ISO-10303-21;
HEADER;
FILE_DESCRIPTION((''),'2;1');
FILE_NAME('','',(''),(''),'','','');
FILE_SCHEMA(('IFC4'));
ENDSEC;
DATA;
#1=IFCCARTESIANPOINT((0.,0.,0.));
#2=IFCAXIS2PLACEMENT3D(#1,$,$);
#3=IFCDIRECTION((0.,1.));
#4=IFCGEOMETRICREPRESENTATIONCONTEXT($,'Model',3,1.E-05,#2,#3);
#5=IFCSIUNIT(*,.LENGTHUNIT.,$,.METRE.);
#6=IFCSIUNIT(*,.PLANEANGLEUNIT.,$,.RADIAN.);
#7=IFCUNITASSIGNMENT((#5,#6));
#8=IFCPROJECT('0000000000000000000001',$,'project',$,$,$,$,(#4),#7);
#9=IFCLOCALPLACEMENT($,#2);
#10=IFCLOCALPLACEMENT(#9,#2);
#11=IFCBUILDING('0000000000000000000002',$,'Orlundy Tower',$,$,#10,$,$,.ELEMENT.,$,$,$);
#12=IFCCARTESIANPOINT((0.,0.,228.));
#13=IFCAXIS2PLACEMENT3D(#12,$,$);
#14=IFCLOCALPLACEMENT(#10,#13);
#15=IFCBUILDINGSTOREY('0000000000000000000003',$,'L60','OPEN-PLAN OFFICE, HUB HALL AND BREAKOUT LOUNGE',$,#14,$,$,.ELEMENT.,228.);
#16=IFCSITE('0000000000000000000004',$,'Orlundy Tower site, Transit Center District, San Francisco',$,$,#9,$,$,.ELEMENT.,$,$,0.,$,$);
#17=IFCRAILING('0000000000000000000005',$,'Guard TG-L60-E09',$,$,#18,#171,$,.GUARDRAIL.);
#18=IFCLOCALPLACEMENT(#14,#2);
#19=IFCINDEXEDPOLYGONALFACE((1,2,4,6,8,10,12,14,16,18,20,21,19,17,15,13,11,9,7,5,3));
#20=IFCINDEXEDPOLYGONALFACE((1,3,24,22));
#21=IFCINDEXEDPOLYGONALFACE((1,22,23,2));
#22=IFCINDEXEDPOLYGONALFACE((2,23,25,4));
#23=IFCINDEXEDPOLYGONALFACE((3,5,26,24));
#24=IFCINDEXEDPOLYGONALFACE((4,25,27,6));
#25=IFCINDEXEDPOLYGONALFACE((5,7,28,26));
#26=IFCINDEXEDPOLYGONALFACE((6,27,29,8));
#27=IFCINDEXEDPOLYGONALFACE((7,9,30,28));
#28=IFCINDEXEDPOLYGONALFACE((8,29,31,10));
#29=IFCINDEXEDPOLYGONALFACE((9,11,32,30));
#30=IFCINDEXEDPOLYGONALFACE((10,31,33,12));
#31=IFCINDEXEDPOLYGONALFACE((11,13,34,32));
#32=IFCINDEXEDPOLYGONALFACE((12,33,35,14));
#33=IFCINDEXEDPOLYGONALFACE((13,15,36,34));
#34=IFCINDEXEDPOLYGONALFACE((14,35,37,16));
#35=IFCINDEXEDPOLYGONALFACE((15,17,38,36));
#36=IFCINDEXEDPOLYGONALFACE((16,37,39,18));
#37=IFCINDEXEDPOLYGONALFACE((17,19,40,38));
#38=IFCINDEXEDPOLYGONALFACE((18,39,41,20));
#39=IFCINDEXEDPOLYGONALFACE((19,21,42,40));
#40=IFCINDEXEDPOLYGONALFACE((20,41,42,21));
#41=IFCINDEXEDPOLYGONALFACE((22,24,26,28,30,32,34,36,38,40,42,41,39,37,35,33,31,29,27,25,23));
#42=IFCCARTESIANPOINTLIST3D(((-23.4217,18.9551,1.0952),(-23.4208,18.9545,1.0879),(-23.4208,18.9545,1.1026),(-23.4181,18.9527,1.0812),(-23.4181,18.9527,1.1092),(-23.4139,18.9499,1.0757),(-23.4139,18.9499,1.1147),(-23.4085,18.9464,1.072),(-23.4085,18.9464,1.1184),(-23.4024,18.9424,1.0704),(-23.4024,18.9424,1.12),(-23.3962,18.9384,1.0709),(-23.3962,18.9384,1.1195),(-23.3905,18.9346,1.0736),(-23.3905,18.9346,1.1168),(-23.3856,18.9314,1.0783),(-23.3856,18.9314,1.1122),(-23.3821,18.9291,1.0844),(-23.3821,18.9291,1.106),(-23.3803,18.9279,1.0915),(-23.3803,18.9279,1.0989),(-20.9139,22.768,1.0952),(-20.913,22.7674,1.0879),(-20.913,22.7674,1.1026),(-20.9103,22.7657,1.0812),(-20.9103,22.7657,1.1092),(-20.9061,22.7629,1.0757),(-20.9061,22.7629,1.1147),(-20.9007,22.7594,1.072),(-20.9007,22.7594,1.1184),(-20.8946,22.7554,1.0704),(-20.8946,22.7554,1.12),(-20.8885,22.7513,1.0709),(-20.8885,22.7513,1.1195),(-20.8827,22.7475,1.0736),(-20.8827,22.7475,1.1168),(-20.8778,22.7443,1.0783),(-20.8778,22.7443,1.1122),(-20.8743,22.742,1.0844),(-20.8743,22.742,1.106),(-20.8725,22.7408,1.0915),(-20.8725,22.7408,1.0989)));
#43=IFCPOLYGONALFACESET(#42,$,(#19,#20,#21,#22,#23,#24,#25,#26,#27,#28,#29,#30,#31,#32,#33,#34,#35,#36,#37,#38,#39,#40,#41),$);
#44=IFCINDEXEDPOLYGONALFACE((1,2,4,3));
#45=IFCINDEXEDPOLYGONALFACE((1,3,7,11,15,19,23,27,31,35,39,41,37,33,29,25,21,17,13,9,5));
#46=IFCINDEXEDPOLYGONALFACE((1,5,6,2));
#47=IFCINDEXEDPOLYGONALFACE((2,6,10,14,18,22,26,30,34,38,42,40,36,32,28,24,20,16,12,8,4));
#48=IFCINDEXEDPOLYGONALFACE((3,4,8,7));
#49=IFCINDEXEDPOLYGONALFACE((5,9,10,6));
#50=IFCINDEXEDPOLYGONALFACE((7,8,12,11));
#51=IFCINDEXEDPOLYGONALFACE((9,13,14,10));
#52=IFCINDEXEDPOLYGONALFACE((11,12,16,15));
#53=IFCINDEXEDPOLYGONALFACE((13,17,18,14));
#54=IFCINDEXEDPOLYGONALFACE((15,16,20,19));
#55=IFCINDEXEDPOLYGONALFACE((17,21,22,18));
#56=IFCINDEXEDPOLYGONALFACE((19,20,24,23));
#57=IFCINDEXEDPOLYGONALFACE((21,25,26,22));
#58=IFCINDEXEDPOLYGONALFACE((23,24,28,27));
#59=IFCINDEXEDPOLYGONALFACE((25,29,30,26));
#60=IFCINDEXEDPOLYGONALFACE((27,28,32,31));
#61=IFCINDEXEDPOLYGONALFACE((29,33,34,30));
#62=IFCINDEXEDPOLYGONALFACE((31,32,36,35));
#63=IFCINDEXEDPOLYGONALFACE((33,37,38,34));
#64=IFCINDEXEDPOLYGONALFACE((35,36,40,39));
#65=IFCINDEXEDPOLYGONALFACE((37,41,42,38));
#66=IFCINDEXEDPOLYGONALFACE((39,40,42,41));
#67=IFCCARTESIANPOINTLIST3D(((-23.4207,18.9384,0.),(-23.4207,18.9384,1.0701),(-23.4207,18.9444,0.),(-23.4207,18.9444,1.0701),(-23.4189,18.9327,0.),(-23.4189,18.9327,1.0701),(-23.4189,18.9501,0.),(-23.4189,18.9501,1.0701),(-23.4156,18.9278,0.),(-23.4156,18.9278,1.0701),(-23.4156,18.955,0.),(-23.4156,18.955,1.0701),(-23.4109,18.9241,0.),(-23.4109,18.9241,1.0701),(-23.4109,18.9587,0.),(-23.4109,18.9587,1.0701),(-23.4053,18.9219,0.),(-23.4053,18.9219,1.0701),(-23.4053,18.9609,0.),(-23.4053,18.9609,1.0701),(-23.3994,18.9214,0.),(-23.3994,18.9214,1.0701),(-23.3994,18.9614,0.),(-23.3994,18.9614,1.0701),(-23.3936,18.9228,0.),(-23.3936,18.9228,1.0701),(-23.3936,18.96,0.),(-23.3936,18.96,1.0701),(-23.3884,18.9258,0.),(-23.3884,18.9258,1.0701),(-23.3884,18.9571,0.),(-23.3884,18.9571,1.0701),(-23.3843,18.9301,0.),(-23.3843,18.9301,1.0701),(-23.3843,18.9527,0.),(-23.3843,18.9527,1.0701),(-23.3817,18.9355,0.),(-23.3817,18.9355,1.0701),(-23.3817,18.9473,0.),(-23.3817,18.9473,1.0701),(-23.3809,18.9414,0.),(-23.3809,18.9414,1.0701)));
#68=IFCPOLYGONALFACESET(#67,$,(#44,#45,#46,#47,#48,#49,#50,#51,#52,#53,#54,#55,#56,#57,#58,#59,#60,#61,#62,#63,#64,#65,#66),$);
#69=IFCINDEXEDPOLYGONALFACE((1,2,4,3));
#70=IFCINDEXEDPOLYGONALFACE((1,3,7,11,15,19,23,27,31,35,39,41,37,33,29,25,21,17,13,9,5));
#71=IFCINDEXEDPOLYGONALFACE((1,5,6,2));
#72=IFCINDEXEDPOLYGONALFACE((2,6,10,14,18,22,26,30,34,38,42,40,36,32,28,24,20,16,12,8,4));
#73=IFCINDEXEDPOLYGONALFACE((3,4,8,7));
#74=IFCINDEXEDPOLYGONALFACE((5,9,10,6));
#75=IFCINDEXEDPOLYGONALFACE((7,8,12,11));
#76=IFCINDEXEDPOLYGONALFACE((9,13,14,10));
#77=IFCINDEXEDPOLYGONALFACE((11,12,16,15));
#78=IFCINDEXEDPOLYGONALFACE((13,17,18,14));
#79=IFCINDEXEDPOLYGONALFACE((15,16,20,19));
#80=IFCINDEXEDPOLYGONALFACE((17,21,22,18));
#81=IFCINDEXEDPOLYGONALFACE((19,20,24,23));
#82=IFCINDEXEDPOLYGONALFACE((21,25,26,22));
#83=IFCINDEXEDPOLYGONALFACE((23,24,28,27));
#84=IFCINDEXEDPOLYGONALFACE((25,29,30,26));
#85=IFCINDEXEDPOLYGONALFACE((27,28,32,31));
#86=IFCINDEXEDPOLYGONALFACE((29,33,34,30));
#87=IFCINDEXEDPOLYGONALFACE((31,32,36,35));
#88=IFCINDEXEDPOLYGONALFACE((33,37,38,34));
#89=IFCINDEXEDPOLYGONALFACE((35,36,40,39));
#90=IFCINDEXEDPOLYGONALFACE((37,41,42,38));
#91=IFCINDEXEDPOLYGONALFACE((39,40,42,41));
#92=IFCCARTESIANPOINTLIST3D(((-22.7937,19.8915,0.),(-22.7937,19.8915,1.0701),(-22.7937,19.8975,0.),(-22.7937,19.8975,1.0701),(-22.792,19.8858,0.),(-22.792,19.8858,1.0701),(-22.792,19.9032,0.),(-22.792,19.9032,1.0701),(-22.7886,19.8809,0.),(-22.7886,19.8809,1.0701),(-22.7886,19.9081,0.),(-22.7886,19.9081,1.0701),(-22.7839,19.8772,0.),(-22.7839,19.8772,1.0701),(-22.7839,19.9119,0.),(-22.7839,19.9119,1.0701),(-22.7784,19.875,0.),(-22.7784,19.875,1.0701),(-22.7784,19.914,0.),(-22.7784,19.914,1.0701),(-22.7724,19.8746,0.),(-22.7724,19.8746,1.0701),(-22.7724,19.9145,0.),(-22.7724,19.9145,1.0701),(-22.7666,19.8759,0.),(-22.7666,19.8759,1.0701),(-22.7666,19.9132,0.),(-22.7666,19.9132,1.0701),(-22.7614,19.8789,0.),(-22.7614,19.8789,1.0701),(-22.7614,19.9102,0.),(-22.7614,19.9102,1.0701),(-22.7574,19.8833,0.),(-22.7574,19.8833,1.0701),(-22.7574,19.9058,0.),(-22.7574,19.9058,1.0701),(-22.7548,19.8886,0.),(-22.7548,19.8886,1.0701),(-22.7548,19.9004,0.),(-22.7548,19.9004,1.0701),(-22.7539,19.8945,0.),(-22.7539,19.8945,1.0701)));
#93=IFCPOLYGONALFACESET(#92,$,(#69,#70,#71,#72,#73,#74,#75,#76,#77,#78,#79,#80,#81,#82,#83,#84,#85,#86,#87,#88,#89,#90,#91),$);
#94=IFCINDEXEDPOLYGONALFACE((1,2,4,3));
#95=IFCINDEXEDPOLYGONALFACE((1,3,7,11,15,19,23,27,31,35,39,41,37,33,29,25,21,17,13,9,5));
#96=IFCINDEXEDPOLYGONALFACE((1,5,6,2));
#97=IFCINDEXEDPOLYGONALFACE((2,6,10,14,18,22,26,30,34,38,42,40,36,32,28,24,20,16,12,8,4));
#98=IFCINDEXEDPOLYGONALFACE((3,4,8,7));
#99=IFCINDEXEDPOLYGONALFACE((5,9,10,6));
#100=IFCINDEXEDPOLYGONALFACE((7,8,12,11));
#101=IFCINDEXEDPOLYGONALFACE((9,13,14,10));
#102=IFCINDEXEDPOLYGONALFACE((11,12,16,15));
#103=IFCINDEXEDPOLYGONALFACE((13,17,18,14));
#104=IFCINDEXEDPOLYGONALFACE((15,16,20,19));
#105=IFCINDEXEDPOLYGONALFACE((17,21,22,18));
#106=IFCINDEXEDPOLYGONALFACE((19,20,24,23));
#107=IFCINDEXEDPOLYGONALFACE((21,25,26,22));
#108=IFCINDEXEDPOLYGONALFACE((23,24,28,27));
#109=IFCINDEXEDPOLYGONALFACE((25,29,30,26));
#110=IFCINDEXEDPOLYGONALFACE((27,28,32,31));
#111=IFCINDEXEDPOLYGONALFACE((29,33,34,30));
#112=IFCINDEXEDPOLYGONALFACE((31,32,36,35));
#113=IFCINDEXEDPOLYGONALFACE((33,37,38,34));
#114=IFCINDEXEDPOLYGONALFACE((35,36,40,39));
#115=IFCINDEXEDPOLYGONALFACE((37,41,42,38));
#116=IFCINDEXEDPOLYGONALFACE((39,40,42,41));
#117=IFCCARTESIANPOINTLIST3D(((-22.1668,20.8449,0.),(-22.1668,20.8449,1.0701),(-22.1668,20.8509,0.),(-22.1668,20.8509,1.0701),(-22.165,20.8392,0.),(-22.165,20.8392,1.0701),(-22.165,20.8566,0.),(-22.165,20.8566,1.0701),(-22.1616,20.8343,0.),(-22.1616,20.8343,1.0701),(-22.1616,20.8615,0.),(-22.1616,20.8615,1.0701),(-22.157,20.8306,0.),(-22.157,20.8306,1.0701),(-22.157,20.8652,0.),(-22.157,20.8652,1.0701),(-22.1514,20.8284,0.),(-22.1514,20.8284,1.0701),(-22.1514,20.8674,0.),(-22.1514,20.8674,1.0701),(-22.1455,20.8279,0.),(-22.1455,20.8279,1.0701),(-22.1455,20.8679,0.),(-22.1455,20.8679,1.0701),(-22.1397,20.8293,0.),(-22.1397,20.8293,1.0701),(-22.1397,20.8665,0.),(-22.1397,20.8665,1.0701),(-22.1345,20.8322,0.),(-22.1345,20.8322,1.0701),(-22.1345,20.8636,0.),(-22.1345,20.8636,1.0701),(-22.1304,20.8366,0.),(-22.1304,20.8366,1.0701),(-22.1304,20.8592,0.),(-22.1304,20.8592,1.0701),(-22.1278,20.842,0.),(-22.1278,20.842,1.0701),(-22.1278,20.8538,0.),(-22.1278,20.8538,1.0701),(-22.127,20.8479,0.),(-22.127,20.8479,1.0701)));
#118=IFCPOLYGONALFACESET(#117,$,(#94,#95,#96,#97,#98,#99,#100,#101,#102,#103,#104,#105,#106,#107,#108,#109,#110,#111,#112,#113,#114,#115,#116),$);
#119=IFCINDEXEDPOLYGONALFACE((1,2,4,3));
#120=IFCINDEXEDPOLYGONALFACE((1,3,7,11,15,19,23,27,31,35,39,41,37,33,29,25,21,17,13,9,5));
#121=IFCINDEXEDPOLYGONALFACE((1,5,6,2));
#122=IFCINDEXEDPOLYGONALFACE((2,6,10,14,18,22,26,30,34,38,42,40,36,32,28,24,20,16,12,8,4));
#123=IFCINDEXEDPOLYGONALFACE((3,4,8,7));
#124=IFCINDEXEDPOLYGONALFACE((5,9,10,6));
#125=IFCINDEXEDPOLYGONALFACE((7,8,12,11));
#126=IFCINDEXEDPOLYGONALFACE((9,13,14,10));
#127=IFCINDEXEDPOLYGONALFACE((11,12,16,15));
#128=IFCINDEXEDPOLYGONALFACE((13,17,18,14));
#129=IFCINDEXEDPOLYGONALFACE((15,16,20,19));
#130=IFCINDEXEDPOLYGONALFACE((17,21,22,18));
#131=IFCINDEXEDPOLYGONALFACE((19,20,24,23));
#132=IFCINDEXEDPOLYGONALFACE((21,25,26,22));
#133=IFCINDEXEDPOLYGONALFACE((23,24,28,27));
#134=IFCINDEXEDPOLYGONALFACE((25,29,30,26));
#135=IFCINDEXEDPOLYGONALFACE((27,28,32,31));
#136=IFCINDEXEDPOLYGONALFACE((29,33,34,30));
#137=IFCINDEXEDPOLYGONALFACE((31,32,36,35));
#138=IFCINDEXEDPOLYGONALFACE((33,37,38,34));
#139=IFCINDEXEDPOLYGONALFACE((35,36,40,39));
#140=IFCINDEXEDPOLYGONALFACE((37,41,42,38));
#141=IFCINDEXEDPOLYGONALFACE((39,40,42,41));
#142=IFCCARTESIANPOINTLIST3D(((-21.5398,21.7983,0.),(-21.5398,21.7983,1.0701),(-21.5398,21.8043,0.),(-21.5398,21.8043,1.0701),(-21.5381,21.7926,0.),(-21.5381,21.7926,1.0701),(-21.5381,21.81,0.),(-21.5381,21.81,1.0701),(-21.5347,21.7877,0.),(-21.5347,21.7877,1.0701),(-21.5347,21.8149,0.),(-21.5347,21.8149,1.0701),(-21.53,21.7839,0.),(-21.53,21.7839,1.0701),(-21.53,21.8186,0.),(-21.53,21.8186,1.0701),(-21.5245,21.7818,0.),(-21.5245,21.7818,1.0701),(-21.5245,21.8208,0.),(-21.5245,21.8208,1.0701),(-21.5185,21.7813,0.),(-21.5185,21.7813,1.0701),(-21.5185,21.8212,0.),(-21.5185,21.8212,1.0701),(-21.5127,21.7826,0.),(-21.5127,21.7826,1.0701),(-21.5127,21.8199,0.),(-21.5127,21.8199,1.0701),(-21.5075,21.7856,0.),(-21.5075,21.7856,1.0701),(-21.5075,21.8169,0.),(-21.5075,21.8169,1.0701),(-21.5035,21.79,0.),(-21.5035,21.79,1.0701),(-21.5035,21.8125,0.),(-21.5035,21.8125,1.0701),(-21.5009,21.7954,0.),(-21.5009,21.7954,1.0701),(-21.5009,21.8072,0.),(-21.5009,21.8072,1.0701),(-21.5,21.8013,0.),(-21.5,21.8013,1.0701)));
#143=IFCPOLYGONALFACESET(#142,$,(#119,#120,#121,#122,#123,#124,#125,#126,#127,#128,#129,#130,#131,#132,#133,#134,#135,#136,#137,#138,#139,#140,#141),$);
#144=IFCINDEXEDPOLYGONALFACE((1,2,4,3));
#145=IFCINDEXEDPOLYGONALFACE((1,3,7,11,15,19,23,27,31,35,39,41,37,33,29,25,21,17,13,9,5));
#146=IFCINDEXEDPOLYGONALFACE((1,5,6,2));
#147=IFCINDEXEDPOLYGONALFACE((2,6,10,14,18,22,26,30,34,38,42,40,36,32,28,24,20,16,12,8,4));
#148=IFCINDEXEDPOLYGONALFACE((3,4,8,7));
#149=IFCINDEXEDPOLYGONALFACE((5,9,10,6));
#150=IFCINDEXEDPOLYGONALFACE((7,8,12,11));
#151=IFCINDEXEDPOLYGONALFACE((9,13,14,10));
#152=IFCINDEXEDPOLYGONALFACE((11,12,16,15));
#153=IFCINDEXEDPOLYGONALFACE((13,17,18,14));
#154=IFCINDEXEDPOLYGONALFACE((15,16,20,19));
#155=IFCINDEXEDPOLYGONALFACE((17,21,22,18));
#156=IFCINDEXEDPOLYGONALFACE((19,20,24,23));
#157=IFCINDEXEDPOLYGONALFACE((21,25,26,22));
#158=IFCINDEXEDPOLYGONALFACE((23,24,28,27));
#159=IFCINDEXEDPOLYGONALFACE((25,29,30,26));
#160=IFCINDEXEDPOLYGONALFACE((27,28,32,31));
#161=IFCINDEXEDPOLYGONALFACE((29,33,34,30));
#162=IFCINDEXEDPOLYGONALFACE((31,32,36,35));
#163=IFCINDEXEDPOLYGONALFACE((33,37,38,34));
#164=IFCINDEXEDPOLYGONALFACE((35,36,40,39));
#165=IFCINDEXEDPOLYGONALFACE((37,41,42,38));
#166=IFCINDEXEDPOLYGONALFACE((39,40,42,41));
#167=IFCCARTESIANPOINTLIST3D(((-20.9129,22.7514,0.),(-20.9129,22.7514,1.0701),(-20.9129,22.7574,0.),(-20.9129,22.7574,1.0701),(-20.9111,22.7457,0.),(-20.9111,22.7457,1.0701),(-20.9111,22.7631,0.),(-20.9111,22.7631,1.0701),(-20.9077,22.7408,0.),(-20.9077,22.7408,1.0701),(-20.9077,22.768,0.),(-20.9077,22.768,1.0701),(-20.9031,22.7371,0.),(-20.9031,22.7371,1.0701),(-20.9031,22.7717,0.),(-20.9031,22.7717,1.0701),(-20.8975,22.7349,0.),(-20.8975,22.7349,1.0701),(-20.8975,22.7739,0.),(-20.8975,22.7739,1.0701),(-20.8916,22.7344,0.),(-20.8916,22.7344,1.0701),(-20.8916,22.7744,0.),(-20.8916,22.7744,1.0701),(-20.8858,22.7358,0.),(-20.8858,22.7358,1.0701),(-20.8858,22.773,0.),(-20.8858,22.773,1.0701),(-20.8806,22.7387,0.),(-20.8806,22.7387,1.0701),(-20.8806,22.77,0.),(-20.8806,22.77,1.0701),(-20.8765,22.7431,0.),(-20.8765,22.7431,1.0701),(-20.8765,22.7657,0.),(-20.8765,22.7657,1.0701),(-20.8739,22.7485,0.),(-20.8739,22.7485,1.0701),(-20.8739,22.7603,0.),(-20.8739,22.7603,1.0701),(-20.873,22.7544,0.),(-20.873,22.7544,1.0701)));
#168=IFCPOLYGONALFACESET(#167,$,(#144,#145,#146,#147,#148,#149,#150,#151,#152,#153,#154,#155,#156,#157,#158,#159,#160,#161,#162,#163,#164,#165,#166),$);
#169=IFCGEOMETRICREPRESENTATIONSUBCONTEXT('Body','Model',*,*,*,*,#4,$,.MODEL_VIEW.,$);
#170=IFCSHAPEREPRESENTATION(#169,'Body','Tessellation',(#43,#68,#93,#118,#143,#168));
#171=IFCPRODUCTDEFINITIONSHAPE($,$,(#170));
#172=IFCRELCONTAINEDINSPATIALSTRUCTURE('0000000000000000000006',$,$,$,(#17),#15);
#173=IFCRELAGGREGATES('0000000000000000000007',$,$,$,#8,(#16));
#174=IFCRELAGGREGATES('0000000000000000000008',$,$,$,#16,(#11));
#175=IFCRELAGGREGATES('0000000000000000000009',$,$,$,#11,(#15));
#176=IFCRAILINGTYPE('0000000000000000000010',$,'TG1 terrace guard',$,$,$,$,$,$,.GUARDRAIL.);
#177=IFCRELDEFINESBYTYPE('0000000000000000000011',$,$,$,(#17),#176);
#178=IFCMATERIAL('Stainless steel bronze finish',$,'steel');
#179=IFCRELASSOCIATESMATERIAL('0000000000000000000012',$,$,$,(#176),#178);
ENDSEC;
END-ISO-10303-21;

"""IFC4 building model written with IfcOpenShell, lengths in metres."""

from ifc_helpers import new_model, si_unit, direction, frame, origin, origin_2d, place, context, subcontext, project, spatial, circle, extrude, material, type_object, element, save


model = new_model("IFC4")

# Units and contexts
model_context = context("Model", 3, precision=1e-05, world=origin(), true_north=direction((0.0, 1.0)))
body_context = subcontext(model_context, "Body", "Model", "MODEL_VIEW")
ifc_project = project(units=[si_unit("LENGTHUNIT", "METRE"), si_unit("PLANEANGLEUNIT", "RADIAN")], contexts=[model_context])

# Site, building, storey
site_placement = place(None, origin())
site = spatial("IfcSite", under=ifc_project, at=site_placement, Name="Orlundy Tower site, Transit Center District, San Francisco", CompositionType="ELEMENT", RefElevation=0.0)
building_placement = place(site_placement, origin())
building = spatial("IfcBuilding", under=site, at=building_placement, Name="Orlundy Tower", CompositionType="ELEMENT")
storey_placement = place(building_placement, frame((0.0, 0.0, 228.0)))
storey = spatial("IfcBuildingStorey", under=building, at=storey_placement, Name="L60", Description="OPEN-PLAN OFFICE, HUB HALL AND BREAKOUT LOUNGE", CompositionType="ELEMENT", Elevation=228.0)

# Railing
ifc_material_1 = material(Name="Stainless steel bronze finish", Category="steel")
railing_type = type_object("IfcRailingType", Name="TG1 terrace guard", PredefinedType="GUARDRAIL", material=ifc_material_1)
railing_1_placement = place(storey_placement, frame((-23.4009, 18.9414, 0.0)))
element("IfcRailing", 1, at=railing_1_placement, inside=storey, type_object=railing_type, Name="Guard TG-L60-E09", PredefinedType="GUARDRAIL", context=body_context, shape_type="SweptSolid", body=[
    extrude(circle(Radius=0.0249, at=origin_2d()), frame((0.0, 0.0, 1.0952), z_axis=(0.549504, 0.835491, 0.0), x_axis=(-0.835491, 0.549504, 0.0)), (0.0, 0.0, 1.0), 4.5637),
    extrude(circle(Radius=0.02, at=origin_2d()), origin(), (0.0, 0.0, 1.0), 1.0701),
    extrude(circle(Radius=0.02, at=origin_2d()), frame((0.627, 0.9531, 0.0)), (0.0, 0.0, 1.0), 1.0701),
    extrude(circle(Radius=0.02, at=origin_2d()), frame((1.2539, 1.9065, 0.0)), (0.0, 0.0, 1.0), 1.0701),
    extrude(circle(Radius=0.02, at=origin_2d()), frame((1.8809, 2.8599, 0.0)), (0.0, 0.0, 1.0), 1.0701),
    extrude(circle(Radius=0.02, at=origin_2d()), frame((2.5078, 3.813, 0.0)), (0.0, 0.0, 1.0), 1.0701),
])

save(model, "model.ifc")
